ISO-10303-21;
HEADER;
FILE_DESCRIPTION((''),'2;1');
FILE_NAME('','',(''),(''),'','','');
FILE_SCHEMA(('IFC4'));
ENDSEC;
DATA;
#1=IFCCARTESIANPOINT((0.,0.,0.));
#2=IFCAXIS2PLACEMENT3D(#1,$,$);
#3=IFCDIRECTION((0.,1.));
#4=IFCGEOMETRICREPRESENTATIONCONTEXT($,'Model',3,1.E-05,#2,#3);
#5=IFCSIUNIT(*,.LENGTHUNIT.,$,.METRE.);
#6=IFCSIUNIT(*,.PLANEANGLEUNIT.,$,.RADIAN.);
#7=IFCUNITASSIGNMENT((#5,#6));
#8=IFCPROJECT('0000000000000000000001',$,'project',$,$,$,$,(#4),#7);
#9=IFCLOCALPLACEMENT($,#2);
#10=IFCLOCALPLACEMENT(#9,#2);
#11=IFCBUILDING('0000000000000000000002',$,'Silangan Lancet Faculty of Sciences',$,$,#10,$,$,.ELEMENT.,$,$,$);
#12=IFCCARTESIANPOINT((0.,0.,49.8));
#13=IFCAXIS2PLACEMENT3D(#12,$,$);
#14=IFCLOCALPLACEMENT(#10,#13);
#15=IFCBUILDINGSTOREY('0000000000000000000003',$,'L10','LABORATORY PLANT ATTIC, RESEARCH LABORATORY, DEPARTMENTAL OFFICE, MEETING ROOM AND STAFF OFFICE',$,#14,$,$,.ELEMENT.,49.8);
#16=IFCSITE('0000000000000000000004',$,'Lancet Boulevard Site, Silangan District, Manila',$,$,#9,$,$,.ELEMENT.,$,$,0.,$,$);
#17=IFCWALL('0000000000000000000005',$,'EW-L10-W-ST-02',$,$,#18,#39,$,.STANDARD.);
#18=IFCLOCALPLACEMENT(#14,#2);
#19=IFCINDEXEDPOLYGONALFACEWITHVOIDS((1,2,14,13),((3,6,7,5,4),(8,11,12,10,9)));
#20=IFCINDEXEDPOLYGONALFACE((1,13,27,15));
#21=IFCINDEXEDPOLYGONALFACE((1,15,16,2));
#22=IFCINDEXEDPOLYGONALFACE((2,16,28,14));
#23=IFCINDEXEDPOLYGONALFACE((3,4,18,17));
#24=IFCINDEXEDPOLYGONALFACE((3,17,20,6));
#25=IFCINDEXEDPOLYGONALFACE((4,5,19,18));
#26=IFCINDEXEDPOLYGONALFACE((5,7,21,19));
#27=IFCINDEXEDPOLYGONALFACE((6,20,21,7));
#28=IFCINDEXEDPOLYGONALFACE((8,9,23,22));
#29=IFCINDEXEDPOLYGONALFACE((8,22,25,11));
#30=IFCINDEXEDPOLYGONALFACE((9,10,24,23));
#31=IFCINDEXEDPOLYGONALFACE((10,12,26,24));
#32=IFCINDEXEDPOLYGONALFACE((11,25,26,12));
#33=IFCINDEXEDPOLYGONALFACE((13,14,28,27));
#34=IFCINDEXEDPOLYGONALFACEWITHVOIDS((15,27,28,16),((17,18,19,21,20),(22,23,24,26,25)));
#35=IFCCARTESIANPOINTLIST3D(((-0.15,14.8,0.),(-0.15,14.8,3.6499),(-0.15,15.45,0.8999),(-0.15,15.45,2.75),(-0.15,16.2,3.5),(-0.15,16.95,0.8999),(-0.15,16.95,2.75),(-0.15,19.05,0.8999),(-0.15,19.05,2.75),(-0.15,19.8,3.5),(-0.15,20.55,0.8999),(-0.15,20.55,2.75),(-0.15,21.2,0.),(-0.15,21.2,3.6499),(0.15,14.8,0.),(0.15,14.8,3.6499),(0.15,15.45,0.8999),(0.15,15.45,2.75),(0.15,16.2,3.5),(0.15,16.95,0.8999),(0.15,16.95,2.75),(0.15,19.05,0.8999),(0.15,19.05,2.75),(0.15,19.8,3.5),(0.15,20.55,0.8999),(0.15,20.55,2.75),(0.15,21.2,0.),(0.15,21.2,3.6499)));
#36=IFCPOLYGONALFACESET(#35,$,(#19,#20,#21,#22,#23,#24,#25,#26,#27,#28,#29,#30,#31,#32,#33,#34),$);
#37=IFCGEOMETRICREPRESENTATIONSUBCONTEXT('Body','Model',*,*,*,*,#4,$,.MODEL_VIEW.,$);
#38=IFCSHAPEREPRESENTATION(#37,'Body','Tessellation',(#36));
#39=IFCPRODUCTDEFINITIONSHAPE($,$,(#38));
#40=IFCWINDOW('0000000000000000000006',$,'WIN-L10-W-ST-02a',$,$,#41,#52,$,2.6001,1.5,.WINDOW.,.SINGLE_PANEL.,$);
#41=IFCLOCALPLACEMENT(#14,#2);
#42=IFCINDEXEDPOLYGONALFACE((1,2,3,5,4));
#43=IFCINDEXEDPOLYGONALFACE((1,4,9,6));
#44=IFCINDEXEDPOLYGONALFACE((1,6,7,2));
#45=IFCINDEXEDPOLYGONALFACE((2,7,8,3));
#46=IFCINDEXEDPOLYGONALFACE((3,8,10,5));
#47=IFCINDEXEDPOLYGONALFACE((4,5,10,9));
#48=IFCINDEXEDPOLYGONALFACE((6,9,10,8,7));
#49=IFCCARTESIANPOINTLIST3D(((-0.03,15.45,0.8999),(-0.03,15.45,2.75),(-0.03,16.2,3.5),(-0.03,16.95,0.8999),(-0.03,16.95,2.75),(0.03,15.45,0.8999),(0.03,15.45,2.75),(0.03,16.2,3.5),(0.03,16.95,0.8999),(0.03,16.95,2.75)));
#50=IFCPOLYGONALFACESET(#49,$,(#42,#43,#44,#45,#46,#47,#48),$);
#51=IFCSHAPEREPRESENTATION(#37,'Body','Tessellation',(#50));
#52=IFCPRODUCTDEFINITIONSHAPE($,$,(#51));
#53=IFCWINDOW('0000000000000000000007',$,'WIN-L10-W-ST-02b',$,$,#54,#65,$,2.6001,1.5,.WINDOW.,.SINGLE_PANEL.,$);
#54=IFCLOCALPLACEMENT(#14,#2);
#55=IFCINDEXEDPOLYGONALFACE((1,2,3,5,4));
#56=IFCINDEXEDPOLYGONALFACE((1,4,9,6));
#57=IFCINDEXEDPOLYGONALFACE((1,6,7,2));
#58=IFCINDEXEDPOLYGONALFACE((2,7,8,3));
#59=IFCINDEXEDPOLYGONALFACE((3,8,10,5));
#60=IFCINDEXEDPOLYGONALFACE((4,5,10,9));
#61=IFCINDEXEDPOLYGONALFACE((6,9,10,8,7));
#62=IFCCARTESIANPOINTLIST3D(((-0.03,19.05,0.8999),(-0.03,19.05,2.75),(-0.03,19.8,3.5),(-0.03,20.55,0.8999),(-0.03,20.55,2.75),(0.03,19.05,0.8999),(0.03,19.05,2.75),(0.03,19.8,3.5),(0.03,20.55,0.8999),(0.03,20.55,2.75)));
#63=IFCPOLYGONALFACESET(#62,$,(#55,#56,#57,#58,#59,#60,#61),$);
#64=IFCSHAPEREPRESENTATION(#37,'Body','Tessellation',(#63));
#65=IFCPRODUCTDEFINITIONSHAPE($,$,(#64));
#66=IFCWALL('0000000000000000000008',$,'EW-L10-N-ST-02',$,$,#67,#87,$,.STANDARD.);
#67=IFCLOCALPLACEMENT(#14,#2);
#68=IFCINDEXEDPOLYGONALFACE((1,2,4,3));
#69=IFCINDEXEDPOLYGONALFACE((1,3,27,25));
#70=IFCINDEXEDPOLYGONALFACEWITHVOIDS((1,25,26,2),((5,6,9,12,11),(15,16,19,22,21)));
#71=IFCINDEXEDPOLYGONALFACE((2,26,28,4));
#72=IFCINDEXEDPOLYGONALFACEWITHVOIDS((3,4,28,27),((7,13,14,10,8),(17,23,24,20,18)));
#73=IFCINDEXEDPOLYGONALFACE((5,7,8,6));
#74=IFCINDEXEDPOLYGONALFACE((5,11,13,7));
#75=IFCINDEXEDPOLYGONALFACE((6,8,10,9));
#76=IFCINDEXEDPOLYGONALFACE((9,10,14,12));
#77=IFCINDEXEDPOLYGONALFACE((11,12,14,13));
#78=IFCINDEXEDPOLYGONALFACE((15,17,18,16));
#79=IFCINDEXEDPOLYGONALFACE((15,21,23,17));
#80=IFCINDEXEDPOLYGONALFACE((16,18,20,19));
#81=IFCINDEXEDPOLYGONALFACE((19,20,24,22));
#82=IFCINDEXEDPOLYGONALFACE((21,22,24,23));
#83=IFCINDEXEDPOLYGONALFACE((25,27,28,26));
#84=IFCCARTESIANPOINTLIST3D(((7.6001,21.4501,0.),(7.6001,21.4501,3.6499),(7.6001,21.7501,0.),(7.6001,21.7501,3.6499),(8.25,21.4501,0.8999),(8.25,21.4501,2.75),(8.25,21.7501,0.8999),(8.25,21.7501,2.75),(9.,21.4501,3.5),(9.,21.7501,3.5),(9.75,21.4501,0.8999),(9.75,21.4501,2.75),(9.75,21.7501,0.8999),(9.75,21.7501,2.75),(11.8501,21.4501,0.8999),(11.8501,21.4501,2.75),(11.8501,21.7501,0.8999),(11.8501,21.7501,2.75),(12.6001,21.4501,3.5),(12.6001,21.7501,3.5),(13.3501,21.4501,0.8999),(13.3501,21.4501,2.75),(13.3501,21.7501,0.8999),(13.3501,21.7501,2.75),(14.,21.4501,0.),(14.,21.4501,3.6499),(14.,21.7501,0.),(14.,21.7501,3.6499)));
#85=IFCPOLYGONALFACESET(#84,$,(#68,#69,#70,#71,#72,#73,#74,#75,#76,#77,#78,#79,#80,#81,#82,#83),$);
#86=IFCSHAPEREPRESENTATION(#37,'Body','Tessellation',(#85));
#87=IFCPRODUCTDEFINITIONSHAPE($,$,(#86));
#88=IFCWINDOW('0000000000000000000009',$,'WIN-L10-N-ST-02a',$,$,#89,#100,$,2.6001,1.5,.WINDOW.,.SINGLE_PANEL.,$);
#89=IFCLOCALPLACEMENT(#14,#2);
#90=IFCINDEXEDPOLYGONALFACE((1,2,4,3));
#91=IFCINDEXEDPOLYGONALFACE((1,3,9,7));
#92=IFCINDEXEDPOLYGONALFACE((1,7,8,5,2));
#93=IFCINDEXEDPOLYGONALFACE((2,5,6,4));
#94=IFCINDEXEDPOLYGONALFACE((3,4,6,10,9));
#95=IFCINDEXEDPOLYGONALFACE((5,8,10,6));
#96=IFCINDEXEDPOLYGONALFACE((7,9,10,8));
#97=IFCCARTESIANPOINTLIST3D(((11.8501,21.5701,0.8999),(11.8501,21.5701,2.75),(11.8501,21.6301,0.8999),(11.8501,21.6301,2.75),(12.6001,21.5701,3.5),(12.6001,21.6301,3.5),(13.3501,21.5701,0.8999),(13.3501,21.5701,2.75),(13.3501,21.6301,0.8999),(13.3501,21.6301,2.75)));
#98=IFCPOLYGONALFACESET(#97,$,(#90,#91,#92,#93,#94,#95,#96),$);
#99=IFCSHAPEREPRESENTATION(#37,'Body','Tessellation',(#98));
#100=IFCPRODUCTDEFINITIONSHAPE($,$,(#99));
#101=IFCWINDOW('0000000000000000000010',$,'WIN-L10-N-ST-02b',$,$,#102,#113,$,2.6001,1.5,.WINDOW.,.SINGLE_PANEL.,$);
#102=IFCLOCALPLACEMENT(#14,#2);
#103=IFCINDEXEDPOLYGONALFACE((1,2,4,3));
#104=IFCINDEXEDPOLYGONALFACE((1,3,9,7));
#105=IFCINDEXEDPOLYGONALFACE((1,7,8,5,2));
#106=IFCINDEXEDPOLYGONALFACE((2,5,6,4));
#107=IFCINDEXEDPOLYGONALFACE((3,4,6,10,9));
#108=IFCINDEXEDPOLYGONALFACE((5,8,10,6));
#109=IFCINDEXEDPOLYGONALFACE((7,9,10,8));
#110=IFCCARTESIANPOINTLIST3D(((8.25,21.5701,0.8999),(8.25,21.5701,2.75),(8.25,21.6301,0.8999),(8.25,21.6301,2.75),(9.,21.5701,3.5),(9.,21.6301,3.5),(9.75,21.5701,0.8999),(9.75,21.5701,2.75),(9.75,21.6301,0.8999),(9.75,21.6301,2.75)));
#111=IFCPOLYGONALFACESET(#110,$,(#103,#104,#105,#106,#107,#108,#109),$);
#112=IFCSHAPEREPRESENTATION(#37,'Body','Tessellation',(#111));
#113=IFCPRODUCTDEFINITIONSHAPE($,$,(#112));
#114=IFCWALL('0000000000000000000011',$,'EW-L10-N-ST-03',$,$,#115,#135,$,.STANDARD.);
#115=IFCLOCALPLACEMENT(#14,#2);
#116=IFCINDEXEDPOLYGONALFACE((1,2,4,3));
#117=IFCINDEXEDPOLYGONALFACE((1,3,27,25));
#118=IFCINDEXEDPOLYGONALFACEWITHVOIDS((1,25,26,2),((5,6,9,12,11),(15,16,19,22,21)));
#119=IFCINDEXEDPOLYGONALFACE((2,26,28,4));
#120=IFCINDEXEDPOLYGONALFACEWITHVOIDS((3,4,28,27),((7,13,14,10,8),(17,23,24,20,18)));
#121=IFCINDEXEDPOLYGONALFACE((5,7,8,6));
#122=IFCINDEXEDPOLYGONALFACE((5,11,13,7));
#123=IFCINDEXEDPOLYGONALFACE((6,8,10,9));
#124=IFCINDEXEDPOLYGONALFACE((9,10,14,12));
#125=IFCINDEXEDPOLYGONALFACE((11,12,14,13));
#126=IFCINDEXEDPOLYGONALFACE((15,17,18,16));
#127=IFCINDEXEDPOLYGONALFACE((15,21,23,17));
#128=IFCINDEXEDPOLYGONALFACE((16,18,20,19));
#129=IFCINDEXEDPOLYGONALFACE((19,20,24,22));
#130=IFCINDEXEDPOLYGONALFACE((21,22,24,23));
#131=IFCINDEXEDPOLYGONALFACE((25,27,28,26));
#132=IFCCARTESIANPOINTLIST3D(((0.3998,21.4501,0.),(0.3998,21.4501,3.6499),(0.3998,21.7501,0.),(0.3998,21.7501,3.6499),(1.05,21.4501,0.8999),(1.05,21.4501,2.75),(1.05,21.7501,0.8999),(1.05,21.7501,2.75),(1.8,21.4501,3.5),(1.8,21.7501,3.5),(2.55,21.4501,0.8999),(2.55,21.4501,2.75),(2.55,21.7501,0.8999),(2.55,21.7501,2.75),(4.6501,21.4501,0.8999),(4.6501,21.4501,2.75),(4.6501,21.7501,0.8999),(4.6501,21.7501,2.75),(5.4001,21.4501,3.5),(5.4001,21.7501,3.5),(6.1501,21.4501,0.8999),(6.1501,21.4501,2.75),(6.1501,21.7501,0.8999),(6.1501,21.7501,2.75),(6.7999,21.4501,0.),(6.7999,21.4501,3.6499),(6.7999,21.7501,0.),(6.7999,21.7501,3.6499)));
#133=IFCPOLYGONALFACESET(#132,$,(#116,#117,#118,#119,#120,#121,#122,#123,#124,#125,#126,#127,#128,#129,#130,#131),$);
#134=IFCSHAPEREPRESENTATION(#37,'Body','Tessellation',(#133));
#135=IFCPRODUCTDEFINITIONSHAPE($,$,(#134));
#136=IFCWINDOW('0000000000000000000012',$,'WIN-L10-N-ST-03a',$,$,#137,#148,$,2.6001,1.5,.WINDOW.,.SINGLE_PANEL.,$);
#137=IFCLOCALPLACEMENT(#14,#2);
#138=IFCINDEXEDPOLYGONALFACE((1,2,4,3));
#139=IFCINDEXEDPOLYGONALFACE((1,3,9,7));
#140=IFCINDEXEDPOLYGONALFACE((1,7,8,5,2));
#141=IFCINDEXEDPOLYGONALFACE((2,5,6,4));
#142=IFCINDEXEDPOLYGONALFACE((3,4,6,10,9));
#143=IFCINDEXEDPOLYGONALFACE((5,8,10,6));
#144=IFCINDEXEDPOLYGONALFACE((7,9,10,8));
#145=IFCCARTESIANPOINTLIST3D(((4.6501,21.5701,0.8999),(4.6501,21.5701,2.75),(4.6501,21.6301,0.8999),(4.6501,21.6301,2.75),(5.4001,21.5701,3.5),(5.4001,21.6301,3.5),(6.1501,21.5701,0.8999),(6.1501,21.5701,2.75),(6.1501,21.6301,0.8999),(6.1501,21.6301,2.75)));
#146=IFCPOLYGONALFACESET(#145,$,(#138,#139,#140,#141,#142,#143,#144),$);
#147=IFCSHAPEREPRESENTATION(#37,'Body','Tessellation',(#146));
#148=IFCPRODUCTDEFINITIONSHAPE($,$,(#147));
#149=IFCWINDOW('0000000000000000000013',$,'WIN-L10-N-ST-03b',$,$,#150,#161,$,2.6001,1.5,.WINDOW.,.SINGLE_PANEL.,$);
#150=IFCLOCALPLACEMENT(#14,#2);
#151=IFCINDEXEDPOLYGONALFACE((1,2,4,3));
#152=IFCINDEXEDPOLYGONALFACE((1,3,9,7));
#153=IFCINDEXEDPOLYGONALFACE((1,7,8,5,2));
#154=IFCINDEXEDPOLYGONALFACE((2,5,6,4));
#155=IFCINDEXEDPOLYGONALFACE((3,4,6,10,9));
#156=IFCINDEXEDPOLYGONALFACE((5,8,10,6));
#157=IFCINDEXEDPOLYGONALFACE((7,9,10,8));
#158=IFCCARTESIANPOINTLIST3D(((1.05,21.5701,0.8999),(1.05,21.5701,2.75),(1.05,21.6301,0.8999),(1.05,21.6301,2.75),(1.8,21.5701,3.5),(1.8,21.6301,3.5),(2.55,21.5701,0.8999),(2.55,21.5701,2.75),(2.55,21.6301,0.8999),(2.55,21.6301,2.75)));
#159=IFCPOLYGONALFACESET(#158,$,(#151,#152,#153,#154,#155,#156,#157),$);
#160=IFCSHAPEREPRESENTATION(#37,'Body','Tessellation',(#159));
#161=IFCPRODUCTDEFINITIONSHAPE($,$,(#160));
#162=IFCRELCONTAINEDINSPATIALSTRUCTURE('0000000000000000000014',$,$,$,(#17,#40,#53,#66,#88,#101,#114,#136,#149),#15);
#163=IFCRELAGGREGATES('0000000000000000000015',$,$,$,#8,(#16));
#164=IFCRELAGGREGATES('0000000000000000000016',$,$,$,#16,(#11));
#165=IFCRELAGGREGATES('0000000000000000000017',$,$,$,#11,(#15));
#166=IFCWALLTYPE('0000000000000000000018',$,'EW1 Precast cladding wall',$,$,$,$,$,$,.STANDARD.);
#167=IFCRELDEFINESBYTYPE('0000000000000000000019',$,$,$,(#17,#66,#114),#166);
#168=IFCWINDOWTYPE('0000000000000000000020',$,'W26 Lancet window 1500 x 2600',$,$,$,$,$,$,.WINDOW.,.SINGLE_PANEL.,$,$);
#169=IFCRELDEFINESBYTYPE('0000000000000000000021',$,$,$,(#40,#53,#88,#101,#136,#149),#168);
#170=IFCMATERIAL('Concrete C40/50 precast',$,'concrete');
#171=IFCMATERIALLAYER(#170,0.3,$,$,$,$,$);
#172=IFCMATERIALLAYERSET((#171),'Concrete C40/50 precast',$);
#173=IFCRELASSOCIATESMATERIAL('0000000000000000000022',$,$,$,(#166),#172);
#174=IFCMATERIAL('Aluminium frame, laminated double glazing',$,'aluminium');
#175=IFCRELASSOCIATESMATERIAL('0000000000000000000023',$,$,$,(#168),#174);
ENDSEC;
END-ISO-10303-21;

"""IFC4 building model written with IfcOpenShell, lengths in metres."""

from ifc_helpers import new_model, si_unit, direction, frame, frame_2d, origin, place, context, subcontext, project, spatial, polyline, rectangle, outline, extrude, material, layer, layer_set, type_object, element, fill, save


model = new_model("IFC4")

# Units and contexts
model_context = context("Model", 3, precision=1e-05, world=origin(), true_north=direction((0.0, 1.0)))
body_context = subcontext(model_context, "Body", "Model", "MODEL_VIEW")
ifc_project = project(units=[si_unit("LENGTHUNIT", "METRE"), si_unit("PLANEANGLEUNIT", "RADIAN")], contexts=[model_context])

# Site, building, storey
site_placement = place(None, origin())
site = spatial("IfcSite", under=ifc_project, at=site_placement, Name="Lancet Boulevard Site, Silangan District, Manila", CompositionType="ELEMENT", RefElevation=0.0)
building_placement = place(site_placement, origin())
building = spatial("IfcBuilding", under=site, at=building_placement, Name="Silangan Lancet Faculty of Sciences", CompositionType="ELEMENT")
storey_placement = place(building_placement, frame((0.0, 0.0, 49.8)))
storey = spatial("IfcBuildingStorey", under=building, at=storey_placement, Name="L10", Description="LABORATORY PLANT ATTIC, RESEARCH LABORATORY, DEPARTMENTAL OFFICE, MEETING ROOM AND STAFF OFFICE", CompositionType="ELEMENT", Elevation=49.8)

# Walls, openings, windows
ifc_material_1 = material(Name="Concrete C40/50 precast", Category="concrete")
ifc_layer_1 = layer(ifc_material_1, 0.3)
ifc_layer_set_1 = layer_set([ifc_layer_1], Name="Concrete C40/50 precast")
wall_type_1 = type_object("IfcWallType", Name="EW1 Precast cladding wall", PredefinedType="STANDARD", material=ifc_layer_set_1)
wall_1_placement = place(storey_placement, frame((0.0, 14.8, 0.0), z_axis=(0.0, 0.0, 1.0), x_axis=(0.0, 1.0, 0.0)))
wall_1 = element("IfcWall", 1, at=wall_1_placement, inside=storey, type_object=wall_type_1, Name="EW-L10-W-ST-02", PredefinedType="STANDARD", context=body_context, shape_type="SweptSolid", body=[
    extrude(rectangle(XDim=6.3999, YDim=0.3, at=frame_2d((3.2, 0.0))), origin(), (0.0, 0.0, 1.0), 3.6499),
])
opening_1_placement = place(wall_1_placement, frame((0.6499, 0.0, 0.8999)))
opening_1 = element("IfcOpeningElement", 2, at=opening_1_placement, cuts=wall_1, PredefinedType="OPENING", context=body_context, shape_type="SweptSolid", body=[
    extrude(outline(polyline([(0.0, 0.0), (1.5, 0.0), (1.5, 1.8501), (0.75, 2.6001), (0.0, 1.8501), (0.0, 0.0)])), frame((0.0, 0.1599, 0.0), z_axis=(0.0, -1.0, 0.0), x_axis=(1.0, 0.0, 0.0)), (0.0, 0.0, 1.0), 0.3201),
])
opening_2_placement = place(wall_1_placement, frame((4.25, 0.0, 0.8999)))
opening_2 = element("IfcOpeningElement", 3, at=opening_2_placement, cuts=wall_1, PredefinedType="OPENING", context=body_context, shape_type="SweptSolid", body=[
    extrude(outline(polyline([(0.0, 0.0), (1.5, 0.0), (1.5, 1.8501), (0.75, 2.6001), (0.0, 1.8501), (0.0, 0.0)])), frame((0.0, 0.1599, 0.0), z_axis=(0.0, -1.0, 0.0), x_axis=(1.0, 0.0, 0.0)), (0.0, 0.0, 1.0), 0.3201),
])
ifc_material_2 = material(Name="Aluminium frame, laminated double glazing", Category="aluminium")
window_type = type_object("IfcWindowType", Name="W26 Lancet window 1500 x 2600", PartitioningType="SINGLE_PANEL", PredefinedType="WINDOW", material=ifc_material_2)
window_1_placement = place(opening_1_placement, origin())
window_1 = element("IfcWindow", 4, at=window_1_placement, inside=storey, type_object=window_type, Name="WIN-L10-W-ST-02a", OverallHeight=2.6001, OverallWidth=1.5, PartitioningType="SINGLE_PANEL", PredefinedType="WINDOW", context=body_context, shape_type="SweptSolid", body=[
    extrude(outline(polyline([(0.0, 0.0), (1.5, 0.0), (1.5, 1.8501), (0.75, 2.6001), (0.0, 1.8501), (0.0, 0.0)])), frame((0.0, 0.03, 0.0), z_axis=(0.0, -1.0, 0.0), x_axis=(1.0, 0.0, 0.0)), (0.0, 0.0, 1.0), 0.0601),
])
fill(opening_1, window_1)
window_2_placement = place(opening_2_placement, origin())
window_2 = element("IfcWindow", 5, at=window_2_placement, inside=storey, type_object=window_type, Name="WIN-L10-W-ST-02b", OverallHeight=2.6001, OverallWidth=1.5, PartitioningType="SINGLE_PANEL", PredefinedType="WINDOW", context=body_context, shape_type="SweptSolid", body=[
    extrude(outline(polyline([(0.0, 0.0), (1.5, 0.0), (1.5, 1.8501), (0.75, 2.6001), (0.0, 1.8501), (0.0, 0.0)])), frame((0.0, 0.03, 0.0), z_axis=(0.0, -1.0, 0.0), x_axis=(1.0, 0.0, 0.0)), (0.0, 0.0, 1.0), 0.0601),
])
fill(opening_2, window_2)
wall_2_placement = place(storey_placement, frame((14.0, 21.6001, 0.0), z_axis=(0.0, 0.0, 1.0), x_axis=(-1.0, 0.0, 0.0)))
wall_2 = element("IfcWall", 6, at=wall_2_placement, inside=storey, type_object=wall_type_1, Name="EW-L10-N-ST-02", PredefinedType="STANDARD", context=body_context, shape_type="SweptSolid", body=[
    extrude(rectangle(XDim=6.3999, YDim=0.3, at=frame_2d((3.2, 0.0))), origin(), (0.0, 0.0, 1.0), 3.6499),
])
opening_3_placement = place(wall_2_placement, frame((0.6499, 0.0, 0.8999)))
opening_3 = element("IfcOpeningElement", 7, at=opening_3_placement, cuts=wall_2, PredefinedType="OPENING", context=body_context, shape_type="SweptSolid", body=[
    extrude(outline(polyline([(0.0, 0.0), (1.5, 0.0), (1.5, 1.8501), (0.75, 2.6001), (0.0, 1.8501), (0.0, 0.0)])), frame((0.0, 0.1599, 0.0), z_axis=(0.0, -1.0, 0.0), x_axis=(1.0, 0.0, 0.0)), (0.0, 0.0, 1.0), 0.3201),
])
opening_4_placement = place(wall_2_placement, frame((4.25, 0.0, 0.8999)))
opening_4 = element("IfcOpeningElement", 8, at=opening_4_placement, cuts=wall_2, PredefinedType="OPENING", context=body_context, shape_type="SweptSolid", body=[
    extrude(outline(polyline([(0.0, 0.0), (1.5, 0.0), (1.5, 1.8501), (0.75, 2.6001), (0.0, 1.8501), (0.0, 0.0)])), frame((0.0, 0.1599, 0.0), z_axis=(0.0, -1.0, 0.0), x_axis=(1.0, 0.0, 0.0)), (0.0, 0.0, 1.0), 0.3201),
])
window_3_placement = place(opening_3_placement, origin())
window_3 = element("IfcWindow", 9, at=window_3_placement, inside=storey, type_object=window_type, Name="WIN-L10-N-ST-02a", OverallHeight=2.6001, OverallWidth=1.5, PartitioningType="SINGLE_PANEL", PredefinedType="WINDOW", context=body_context, shape_type="SweptSolid", body=[
    extrude(outline(polyline([(0.0, 0.0), (1.5, 0.0), (1.5, 1.8501), (0.75, 2.6001), (0.0, 1.8501), (0.0, 0.0)])), frame((0.0, 0.03, 0.0), z_axis=(0.0, -1.0, 0.0), x_axis=(1.0, 0.0, 0.0)), (0.0, 0.0, 1.0), 0.0601),
])
fill(opening_3, window_3)
window_4_placement = place(opening_4_placement, origin())
window_4 = element("IfcWindow", 10, at=window_4_placement, inside=storey, type_object=window_type, Name="WIN-L10-N-ST-02b", OverallHeight=2.6001, OverallWidth=1.5, PartitioningType="SINGLE_PANEL", PredefinedType="WINDOW", context=body_context, shape_type="SweptSolid", body=[
    extrude(outline(polyline([(0.0, 0.0), (1.5, 0.0), (1.5, 1.8501), (0.75, 2.6001), (0.0, 1.8501), (0.0, 0.0)])), frame((0.0, 0.03, 0.0), z_axis=(0.0, -1.0, 0.0), x_axis=(1.0, 0.0, 0.0)), (0.0, 0.0, 1.0), 0.0601),
])
fill(opening_4, window_4)
wall_3_placement = place(storey_placement, frame((6.8, 21.6001, 0.0), z_axis=(0.0, 0.0, 1.0), x_axis=(-1.0, 0.0, 0.0)))
wall_3 = element("IfcWall", 11, at=wall_3_placement, inside=storey, type_object=wall_type_1, Name="EW-L10-N-ST-03", PredefinedType="STANDARD", context=body_context, shape_type="SweptSolid", body=[
    extrude(rectangle(XDim=6.4001, YDim=0.3, at=frame_2d((3.2002, 0.0))), origin(), (0.0, 0.0, 1.0), 3.6499),
])
opening_5_placement = place(wall_3_placement, frame((0.6499, 0.0, 0.8999)))
opening_5 = element("IfcOpeningElement", 12, at=opening_5_placement, cuts=wall_3, PredefinedType="OPENING", context=body_context, shape_type="SweptSolid", body=[
    extrude(outline(polyline([(0.0, 0.0), (1.5, 0.0), (1.5, 1.8501), (0.75, 2.6001), (0.0, 1.8501), (0.0, 0.0)])), frame((0.0, 0.1599, 0.0), z_axis=(0.0, -1.0, 0.0), x_axis=(1.0, 0.0, 0.0)), (0.0, 0.0, 1.0), 0.3201),
])
opening_6_placement = place(wall_3_placement, frame((4.25, 0.0, 0.8999)))
opening_6 = element("IfcOpeningElement", 13, at=opening_6_placement, cuts=wall_3, PredefinedType="OPENING", context=body_context, shape_type="SweptSolid", body=[
    extrude(outline(polyline([(0.0, 0.0), (1.5, 0.0), (1.5, 1.8501), (0.75, 2.6001), (0.0, 1.8501), (0.0, 0.0)])), frame((0.0, 0.1599, 0.0), z_axis=(0.0, -1.0, 0.0), x_axis=(1.0, 0.0, 0.0)), (0.0, 0.0, 1.0), 0.3201),
])
window_5_placement = place(opening_5_placement, origin())
window_5 = element("IfcWindow", 14, at=window_5_placement, inside=storey, type_object=window_type, Name="WIN-L10-N-ST-03a", OverallHeight=2.6001, OverallWidth=1.5, PartitioningType="SINGLE_PANEL", PredefinedType="WINDOW", context=body_context, shape_type="SweptSolid", body=[
    extrude(outline(polyline([(0.0, 0.0), (1.5, 0.0), (1.5, 1.8501), (0.75, 2.6001), (0.0, 1.8501), (0.0, 0.0)])), frame((0.0, 0.03, 0.0), z_axis=(0.0, -1.0, 0.0), x_axis=(1.0, 0.0, 0.0)), (0.0, 0.0, 1.0), 0.0601),
])
fill(opening_5, window_5)
window_6_placement = place(opening_6_placement, origin())
window_6 = element("IfcWindow", 15, at=window_6_placement, inside=storey, type_object=window_type, Name="WIN-L10-N-ST-03b", OverallHeight=2.6001, OverallWidth=1.5, PartitioningType="SINGLE_PANEL", PredefinedType="WINDOW", context=body_context, shape_type="SweptSolid", body=[
    extrude(outline(polyline([(0.0, 0.0), (1.5, 0.0), (1.5, 1.8501), (0.75, 2.6001), (0.0, 1.8501), (0.0, 0.0)])), frame((0.0, 0.03, 0.0), z_axis=(0.0, -1.0, 0.0), x_axis=(1.0, 0.0, 0.0)), (0.0, 0.0, 1.0), 0.0601),
])
fill(opening_6, window_6)

save(model, "model.ifc")
